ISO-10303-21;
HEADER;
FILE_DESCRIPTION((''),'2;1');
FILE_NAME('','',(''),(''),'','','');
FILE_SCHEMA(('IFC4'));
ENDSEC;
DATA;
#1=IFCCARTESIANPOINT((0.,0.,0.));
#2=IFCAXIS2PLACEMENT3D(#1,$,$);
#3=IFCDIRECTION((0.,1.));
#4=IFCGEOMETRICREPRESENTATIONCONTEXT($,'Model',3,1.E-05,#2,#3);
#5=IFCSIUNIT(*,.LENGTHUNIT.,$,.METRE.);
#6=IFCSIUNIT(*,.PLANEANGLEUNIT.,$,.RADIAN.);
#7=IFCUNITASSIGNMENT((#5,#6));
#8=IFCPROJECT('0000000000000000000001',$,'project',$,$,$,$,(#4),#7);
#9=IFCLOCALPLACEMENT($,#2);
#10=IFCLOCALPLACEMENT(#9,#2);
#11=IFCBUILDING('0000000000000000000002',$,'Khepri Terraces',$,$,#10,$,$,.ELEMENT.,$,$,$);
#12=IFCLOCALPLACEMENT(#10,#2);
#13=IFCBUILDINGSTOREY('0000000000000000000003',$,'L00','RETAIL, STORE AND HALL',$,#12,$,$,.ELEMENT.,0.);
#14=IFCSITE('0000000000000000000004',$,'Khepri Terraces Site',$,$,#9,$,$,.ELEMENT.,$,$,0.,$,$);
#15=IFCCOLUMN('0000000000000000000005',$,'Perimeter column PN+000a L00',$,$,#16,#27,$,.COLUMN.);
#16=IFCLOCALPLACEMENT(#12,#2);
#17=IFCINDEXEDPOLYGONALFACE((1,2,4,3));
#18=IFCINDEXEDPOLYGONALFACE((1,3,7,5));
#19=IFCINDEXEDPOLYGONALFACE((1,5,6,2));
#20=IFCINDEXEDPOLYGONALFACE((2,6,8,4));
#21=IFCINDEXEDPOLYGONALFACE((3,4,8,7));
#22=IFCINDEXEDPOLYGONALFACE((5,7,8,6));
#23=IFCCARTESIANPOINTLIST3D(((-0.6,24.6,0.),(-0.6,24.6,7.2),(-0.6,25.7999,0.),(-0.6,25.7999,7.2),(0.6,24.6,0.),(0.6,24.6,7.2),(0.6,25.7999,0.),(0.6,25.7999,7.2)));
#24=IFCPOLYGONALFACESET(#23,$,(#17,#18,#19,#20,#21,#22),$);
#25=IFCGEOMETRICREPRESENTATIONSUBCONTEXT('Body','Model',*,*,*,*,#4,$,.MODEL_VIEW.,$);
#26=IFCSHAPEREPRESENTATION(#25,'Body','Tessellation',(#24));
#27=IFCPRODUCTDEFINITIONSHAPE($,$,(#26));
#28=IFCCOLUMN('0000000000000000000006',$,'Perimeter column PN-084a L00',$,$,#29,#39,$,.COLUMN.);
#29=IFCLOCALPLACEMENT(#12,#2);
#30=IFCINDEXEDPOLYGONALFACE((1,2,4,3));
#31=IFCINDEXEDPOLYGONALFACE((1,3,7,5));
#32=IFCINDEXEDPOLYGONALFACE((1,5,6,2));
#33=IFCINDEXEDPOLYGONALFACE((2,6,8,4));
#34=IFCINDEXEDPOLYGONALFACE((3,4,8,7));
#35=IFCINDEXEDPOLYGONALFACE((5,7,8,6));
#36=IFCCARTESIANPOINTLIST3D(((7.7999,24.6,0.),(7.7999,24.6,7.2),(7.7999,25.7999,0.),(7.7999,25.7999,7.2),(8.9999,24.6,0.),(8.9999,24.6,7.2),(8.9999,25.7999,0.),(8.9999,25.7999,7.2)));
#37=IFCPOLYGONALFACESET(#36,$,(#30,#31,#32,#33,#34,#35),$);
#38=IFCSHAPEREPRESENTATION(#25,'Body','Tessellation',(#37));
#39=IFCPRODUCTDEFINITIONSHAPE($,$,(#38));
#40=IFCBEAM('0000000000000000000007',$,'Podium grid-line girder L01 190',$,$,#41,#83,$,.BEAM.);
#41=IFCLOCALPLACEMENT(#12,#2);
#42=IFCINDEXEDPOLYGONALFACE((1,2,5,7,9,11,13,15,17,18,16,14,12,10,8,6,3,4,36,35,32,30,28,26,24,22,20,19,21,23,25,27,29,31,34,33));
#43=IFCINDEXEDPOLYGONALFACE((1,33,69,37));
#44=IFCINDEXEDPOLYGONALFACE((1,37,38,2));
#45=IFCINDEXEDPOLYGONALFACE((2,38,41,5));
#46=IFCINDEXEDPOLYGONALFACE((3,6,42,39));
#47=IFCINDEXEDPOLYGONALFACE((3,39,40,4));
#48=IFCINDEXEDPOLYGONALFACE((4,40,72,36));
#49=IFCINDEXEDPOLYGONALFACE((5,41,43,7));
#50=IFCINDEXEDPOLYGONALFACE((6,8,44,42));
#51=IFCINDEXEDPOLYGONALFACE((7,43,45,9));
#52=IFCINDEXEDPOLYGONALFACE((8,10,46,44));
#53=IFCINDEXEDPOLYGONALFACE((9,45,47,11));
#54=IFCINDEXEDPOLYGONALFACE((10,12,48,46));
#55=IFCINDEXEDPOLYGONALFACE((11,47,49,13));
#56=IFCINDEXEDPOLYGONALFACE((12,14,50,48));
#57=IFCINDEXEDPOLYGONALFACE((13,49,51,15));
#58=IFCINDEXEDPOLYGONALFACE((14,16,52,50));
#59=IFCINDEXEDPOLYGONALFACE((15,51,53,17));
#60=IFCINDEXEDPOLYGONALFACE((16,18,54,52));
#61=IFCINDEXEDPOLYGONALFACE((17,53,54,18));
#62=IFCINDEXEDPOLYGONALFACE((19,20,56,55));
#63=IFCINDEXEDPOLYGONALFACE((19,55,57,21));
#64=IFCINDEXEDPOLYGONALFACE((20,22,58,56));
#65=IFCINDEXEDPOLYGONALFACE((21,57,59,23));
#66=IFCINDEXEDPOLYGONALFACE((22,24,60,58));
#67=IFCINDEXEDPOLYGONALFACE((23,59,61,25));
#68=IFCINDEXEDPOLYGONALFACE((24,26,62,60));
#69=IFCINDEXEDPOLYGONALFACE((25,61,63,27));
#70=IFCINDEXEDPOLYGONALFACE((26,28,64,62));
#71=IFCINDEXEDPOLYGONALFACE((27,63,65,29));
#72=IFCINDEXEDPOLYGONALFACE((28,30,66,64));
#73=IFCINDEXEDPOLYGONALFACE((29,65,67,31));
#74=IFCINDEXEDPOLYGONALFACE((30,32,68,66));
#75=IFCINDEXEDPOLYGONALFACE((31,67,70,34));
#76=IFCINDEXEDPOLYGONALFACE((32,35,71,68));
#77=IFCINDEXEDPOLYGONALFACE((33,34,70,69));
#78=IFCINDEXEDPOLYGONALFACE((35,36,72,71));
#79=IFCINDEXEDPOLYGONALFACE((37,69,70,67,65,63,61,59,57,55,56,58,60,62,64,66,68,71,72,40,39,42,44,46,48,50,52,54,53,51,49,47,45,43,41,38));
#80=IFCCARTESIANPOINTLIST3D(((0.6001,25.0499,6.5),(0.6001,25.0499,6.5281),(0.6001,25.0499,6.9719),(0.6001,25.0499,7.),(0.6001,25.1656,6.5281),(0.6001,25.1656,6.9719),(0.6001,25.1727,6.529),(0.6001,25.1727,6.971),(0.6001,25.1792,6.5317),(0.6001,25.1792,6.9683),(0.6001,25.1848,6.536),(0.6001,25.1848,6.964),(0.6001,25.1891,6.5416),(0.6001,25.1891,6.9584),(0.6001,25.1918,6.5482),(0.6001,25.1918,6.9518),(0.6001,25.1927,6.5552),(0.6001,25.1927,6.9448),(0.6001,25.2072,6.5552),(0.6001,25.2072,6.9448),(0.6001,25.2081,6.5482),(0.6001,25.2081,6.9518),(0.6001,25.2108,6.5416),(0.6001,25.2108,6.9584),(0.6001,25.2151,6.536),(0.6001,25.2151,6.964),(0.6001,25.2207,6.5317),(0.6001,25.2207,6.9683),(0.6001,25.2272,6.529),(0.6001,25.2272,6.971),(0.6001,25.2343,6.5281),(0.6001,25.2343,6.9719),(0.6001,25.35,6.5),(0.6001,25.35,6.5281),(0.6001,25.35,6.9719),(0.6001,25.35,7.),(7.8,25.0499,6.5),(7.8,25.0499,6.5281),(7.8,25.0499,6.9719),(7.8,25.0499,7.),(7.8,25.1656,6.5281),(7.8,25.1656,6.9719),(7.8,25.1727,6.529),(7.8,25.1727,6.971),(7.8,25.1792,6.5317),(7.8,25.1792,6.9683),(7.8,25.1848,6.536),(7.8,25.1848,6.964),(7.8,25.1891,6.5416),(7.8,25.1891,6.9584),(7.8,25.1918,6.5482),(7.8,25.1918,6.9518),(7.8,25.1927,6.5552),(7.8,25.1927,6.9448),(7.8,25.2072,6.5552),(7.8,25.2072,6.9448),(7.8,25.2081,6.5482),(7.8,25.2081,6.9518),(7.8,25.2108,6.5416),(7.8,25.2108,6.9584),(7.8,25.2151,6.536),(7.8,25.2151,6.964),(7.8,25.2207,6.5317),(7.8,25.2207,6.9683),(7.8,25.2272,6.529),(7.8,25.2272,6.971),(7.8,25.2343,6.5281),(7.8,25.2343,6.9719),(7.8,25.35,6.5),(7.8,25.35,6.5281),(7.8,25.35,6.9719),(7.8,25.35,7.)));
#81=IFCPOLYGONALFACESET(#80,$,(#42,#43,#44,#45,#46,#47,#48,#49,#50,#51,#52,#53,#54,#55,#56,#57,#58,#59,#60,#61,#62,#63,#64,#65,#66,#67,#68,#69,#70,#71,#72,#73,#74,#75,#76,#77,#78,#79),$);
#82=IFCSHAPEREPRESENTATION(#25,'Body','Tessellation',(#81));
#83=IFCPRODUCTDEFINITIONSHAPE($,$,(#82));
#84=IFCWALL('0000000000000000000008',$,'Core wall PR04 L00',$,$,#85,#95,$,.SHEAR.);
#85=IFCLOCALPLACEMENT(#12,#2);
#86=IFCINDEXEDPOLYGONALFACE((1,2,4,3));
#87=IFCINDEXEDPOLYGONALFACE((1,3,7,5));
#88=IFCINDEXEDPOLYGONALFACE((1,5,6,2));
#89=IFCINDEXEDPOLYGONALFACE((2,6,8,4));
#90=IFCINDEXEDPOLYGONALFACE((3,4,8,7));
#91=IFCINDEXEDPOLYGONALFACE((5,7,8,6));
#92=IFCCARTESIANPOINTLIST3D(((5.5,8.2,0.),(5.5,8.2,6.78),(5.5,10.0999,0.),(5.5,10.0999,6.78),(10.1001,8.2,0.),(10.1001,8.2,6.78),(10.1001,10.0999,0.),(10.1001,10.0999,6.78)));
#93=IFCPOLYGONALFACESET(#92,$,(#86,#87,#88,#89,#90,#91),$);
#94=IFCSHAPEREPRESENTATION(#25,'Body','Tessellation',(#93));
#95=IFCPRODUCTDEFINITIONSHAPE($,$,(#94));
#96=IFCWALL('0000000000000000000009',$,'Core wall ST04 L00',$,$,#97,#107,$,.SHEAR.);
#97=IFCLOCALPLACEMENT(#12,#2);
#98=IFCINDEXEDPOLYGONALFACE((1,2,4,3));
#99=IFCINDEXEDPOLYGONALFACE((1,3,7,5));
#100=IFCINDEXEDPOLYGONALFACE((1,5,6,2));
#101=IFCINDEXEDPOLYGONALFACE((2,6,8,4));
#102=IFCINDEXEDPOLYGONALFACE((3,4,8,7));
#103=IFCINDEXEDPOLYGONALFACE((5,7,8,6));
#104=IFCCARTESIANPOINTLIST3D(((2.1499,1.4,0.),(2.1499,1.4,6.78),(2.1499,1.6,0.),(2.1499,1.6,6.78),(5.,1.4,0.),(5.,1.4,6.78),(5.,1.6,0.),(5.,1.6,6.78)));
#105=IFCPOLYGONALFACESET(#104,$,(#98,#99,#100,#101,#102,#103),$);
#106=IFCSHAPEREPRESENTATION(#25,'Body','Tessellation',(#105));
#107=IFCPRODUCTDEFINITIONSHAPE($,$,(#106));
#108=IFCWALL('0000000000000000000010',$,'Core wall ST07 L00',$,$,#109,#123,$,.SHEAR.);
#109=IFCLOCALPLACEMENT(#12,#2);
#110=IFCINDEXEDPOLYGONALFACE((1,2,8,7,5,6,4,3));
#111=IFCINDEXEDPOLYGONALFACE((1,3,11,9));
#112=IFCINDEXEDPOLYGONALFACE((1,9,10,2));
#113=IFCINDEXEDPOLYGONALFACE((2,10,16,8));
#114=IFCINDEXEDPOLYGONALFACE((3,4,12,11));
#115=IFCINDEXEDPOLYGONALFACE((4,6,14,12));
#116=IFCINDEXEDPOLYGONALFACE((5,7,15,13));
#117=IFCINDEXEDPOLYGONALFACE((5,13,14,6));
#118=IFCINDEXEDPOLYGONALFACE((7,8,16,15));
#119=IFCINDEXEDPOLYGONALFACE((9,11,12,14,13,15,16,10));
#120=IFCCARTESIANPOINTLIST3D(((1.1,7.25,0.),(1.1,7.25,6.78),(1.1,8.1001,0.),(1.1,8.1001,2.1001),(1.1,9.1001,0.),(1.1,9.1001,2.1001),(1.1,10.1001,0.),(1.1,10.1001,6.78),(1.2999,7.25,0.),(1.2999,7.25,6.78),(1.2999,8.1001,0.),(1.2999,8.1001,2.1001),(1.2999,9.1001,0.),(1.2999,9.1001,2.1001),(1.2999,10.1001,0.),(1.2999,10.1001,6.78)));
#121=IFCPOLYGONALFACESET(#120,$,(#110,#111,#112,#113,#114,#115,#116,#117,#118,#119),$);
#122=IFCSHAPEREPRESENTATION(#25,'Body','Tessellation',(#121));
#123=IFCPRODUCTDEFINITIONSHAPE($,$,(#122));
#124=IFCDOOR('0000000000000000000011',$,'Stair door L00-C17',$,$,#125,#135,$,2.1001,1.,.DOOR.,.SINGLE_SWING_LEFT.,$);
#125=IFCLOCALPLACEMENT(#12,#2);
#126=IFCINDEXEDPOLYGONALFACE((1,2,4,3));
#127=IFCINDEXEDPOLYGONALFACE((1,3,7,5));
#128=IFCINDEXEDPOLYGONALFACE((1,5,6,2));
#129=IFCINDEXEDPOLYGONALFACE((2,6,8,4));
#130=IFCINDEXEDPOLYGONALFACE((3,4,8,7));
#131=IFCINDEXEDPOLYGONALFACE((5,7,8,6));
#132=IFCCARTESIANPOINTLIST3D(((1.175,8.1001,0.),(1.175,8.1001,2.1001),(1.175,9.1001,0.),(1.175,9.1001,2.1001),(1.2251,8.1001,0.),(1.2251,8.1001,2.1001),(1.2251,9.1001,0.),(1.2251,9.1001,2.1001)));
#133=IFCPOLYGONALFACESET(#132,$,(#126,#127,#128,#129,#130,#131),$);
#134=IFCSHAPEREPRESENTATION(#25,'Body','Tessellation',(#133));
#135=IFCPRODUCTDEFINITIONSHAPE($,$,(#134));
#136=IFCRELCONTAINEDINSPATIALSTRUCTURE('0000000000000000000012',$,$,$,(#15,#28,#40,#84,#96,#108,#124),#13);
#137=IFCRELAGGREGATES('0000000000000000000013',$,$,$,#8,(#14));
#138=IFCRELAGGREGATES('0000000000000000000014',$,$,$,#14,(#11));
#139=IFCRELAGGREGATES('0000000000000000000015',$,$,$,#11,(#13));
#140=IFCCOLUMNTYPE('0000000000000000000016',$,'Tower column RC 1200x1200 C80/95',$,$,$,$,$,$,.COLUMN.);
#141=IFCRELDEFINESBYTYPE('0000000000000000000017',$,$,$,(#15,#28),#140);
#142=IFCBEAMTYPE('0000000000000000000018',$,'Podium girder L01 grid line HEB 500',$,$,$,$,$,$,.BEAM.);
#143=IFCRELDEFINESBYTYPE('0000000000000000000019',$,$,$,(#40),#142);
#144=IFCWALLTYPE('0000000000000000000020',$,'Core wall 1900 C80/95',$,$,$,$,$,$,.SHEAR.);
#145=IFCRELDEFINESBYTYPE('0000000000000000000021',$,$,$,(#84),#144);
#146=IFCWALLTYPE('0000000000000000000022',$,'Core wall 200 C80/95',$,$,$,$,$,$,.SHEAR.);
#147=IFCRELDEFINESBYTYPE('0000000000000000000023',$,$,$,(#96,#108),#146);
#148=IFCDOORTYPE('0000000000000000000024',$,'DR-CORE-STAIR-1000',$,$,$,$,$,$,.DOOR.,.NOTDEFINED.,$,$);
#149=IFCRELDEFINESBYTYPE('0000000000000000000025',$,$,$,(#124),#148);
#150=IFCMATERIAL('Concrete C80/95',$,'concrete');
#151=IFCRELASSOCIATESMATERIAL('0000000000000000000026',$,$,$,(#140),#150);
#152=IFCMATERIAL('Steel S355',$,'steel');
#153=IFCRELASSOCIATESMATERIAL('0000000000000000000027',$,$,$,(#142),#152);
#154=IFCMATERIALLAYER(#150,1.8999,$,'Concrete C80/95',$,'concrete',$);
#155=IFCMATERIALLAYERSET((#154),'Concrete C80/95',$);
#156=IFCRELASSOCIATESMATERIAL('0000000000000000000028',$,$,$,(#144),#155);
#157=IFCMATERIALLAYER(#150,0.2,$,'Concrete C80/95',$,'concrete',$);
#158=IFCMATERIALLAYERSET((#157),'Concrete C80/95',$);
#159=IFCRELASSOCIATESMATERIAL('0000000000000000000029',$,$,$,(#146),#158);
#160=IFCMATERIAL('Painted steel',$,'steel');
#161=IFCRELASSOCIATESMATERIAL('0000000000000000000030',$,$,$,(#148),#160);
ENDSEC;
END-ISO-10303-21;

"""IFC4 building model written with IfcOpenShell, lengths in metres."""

from ifc_helpers import new_model, si_unit, direction, frame, frame_2d, origin, origin_2d, place, context, subcontext, project, spatial, rectangle, i_section, extrude, material, layer, layer_set, material_profile, profile_set, type_object, element, fill, save


model = new_model("IFC4")

# Units and contexts
model_context = context("Model", 3, precision=1e-05, world=origin(), true_north=direction((0.0, 1.0)))
body_context = subcontext(model_context, "Body", "Model", "MODEL_VIEW")
ifc_project = project(units=[si_unit("LENGTHUNIT", "METRE"), si_unit("PLANEANGLEUNIT", "RADIAN")], contexts=[model_context])

# Site, building, storey
site_placement = place(None, origin())
site = spatial("IfcSite", under=ifc_project, at=site_placement, Name="Khepri Terraces Site", CompositionType="ELEMENT", RefElevation=0.0)
building_placement = place(site_placement, origin())
building = spatial("IfcBuilding", under=site, at=building_placement, Name="Khepri Terraces", CompositionType="ELEMENT")
storey_placement = place(building_placement, origin())
storey = spatial("IfcBuildingStorey", under=building, at=storey_placement, Name="L00", Description="RETAIL, STORE AND HALL", CompositionType="ELEMENT", Elevation=0.0)

# Columns
ifc_material_1 = material(Name="Concrete C80/95", Category="concrete")
ifc_material_profile_1 = material_profile(ifc_material_1, rectangle(XDim=1.2, YDim=1.2, at=origin_2d()), Name="Concrete C80/95", Category="concrete")
ifc_profile_set_1 = profile_set([ifc_material_profile_1], Name="Concrete C80/95")
column_type = type_object("IfcColumnType", Name="Tower column RC 1200x1200 C80/95", PredefinedType="COLUMN", material=ifc_profile_set_1)
for number, where, z_axis, x_axis, name in (
    (1, (0.0, 25.2, 0.0), (0.0, 0.0, 1.0), (1.0, 0.0, 0.0), "Perimeter column PN+000a L00"),
    (2, (8.3999, 25.2, 0.0), (0.0, 0.0, 1.0), (1.0, 0.0, 0.0), "Perimeter column PN-084a L00"),
):
    element("IfcColumn", number, at=place(storey_placement, frame(where, z_axis=z_axis, x_axis=x_axis)), inside=storey, type_object=column_type, Name=name, PredefinedType="COLUMN", context=body_context, shape_type="SweptSolid", body=[
        extrude(rectangle(XDim=1.2, YDim=1.2, at=origin_2d()), origin(), (0.0, 0.0, 1.0), 7.2),
    ])

# Beam
ifc_material_2 = material(Name="Steel S355", Category="steel")
ifc_material_profile_2 = material_profile(ifc_material_2, i_section(OverallWidth=0.3, OverallDepth=0.5, WebThickness=0.0144, FlangeThickness=0.0281, FilletRadius=0.0271, at=origin_2d()), Name="Steel S355", Category="steel")
ifc_profile_set_2 = profile_set([ifc_material_profile_2], Name="Steel S355")
beam_type = type_object("IfcBeamType", Name="Podium girder L01 grid line HEB 500", PredefinedType="BEAM", material=ifc_profile_set_2)
beam_placement = place(storey_placement, frame((0.6001, 25.2, 6.75), z_axis=(1.0, 0.0, 0.0), x_axis=(0.0, 1.0, 0.0)))
element("IfcBeam", 3, at=beam_placement, inside=storey, type_object=beam_type, Name="Podium grid-line girder L01 190", PredefinedType="BEAM", context=body_context, shape_type="SweptSolid", body=[
    extrude(i_section(OverallWidth=0.3, OverallDepth=0.5, WebThickness=0.0144, FlangeThickness=0.0281, FilletRadius=0.0271, at=origin_2d()), origin(), (0.0, 0.0, 1.0), 7.2),
])

# Walls
ifc_layer_1 = layer(ifc_material_1, 1.8999, Name="Concrete C80/95", Category="concrete")
ifc_layer_set_1 = layer_set([ifc_layer_1], Name="Concrete C80/95")
wall_type_1 = type_object("IfcWallType", Name="Core wall 1900 C80/95", PredefinedType="SHEAR", material=ifc_layer_set_1)
wall_1_placement = place(storey_placement, frame((5.5, 9.1499, 0.0), z_axis=(0.0, 0.0, 1.0), x_axis=(1.0, 0.0, 0.0)))
element("IfcWall", 4, at=wall_1_placement, inside=storey, type_object=wall_type_1, Name="Core wall PR04 L00", PredefinedType="SHEAR", context=body_context, shape_type="SweptSolid", body=[
    extrude(rectangle(XDim=4.6001, YDim=1.8999, at=frame_2d((2.3, 0.0))), origin(), (0.0, 0.0, 1.0), 6.78),
])
ifc_layer_2 = layer(ifc_material_1, 0.2, Name="Concrete C80/95", Category="concrete")
ifc_layer_set_2 = layer_set([ifc_layer_2], Name="Concrete C80/95")
wall_type_2 = type_object("IfcWallType", Name="Core wall 200 C80/95", PredefinedType="SHEAR", material=ifc_layer_set_2)
wall_2_placement = place(storey_placement, frame((2.1499, 1.5, 0.0), z_axis=(0.0, 0.0, 1.0), x_axis=(1.0, 0.0, 0.0)))
element("IfcWall", 5, at=wall_2_placement, inside=storey, type_object=wall_type_2, Name="Core wall ST04 L00", PredefinedType="SHEAR", context=body_context, shape_type="SweptSolid", body=[
    extrude(rectangle(XDim=2.8501, YDim=0.2, at=frame_2d((1.425, 0.0))), origin(), (0.0, 0.0, 1.0), 6.78),
])

# Wall, opening, door
wall_3_placement = place(storey_placement, frame((1.2, 7.25, 0.0), z_axis=(0.0, 0.0, 1.0), x_axis=(0.0, 1.0, 0.0)))
wall_3 = element("IfcWall", 6, at=wall_3_placement, inside=storey, type_object=wall_type_2, Name="Core wall ST07 L00", PredefinedType="SHEAR", context=body_context, shape_type="SweptSolid", body=[
    extrude(rectangle(XDim=2.8501, YDim=0.2, at=frame_2d((1.425, 0.0))), origin(), (0.0, 0.0, 1.0), 6.78),
])
opening_1_placement = place(wall_3_placement, frame((0.8501, 0.0, 0.0)))
opening_1 = element("IfcOpeningElement", 7, at=opening_1_placement, cuts=wall_3, PredefinedType="OPENING", context=body_context, shape_type="SweptSolid", body=[
    extrude(rectangle(XDim=1.0, YDim=2.1001, at=frame_2d((0.5, 1.05))), frame((0.0, 0.1099, 0.0), z_axis=(0.0, -1.0, 0.0), x_axis=(1.0, 0.0, 0.0)), (0.0, 0.0, 1.0), 0.22),
])
ifc_material_3 = material(Name="Painted steel", Category="steel")
door_type_1 = type_object("IfcDoorType", Name="DR-CORE-STAIR-1000", OperationType="NOTDEFINED", PredefinedType="DOOR", material=ifc_material_3)
door_1_placement = place(opening_1_placement, origin())
door_1 = element("IfcDoor", 8, at=door_1_placement, inside=storey, type_object=door_type_1, Name="Stair door L00-C17", OperationType="SINGLE_SWING_LEFT", OverallHeight=2.1001, OverallWidth=1.0, PredefinedType="DOOR", context=body_context, shape_type="SweptSolid", body=[
    extrude(rectangle(XDim=1.0, YDim=2.1001, at=frame_2d((0.5, 1.05))), frame((0.0, 0.0249, 0.0), z_axis=(0.0, -1.0, 0.0), x_axis=(1.0, 0.0, 0.0)), (0.0, 0.0, 1.0), 0.05),
])
fill(opening_1, door_1)

save(model, "model.ifc")
